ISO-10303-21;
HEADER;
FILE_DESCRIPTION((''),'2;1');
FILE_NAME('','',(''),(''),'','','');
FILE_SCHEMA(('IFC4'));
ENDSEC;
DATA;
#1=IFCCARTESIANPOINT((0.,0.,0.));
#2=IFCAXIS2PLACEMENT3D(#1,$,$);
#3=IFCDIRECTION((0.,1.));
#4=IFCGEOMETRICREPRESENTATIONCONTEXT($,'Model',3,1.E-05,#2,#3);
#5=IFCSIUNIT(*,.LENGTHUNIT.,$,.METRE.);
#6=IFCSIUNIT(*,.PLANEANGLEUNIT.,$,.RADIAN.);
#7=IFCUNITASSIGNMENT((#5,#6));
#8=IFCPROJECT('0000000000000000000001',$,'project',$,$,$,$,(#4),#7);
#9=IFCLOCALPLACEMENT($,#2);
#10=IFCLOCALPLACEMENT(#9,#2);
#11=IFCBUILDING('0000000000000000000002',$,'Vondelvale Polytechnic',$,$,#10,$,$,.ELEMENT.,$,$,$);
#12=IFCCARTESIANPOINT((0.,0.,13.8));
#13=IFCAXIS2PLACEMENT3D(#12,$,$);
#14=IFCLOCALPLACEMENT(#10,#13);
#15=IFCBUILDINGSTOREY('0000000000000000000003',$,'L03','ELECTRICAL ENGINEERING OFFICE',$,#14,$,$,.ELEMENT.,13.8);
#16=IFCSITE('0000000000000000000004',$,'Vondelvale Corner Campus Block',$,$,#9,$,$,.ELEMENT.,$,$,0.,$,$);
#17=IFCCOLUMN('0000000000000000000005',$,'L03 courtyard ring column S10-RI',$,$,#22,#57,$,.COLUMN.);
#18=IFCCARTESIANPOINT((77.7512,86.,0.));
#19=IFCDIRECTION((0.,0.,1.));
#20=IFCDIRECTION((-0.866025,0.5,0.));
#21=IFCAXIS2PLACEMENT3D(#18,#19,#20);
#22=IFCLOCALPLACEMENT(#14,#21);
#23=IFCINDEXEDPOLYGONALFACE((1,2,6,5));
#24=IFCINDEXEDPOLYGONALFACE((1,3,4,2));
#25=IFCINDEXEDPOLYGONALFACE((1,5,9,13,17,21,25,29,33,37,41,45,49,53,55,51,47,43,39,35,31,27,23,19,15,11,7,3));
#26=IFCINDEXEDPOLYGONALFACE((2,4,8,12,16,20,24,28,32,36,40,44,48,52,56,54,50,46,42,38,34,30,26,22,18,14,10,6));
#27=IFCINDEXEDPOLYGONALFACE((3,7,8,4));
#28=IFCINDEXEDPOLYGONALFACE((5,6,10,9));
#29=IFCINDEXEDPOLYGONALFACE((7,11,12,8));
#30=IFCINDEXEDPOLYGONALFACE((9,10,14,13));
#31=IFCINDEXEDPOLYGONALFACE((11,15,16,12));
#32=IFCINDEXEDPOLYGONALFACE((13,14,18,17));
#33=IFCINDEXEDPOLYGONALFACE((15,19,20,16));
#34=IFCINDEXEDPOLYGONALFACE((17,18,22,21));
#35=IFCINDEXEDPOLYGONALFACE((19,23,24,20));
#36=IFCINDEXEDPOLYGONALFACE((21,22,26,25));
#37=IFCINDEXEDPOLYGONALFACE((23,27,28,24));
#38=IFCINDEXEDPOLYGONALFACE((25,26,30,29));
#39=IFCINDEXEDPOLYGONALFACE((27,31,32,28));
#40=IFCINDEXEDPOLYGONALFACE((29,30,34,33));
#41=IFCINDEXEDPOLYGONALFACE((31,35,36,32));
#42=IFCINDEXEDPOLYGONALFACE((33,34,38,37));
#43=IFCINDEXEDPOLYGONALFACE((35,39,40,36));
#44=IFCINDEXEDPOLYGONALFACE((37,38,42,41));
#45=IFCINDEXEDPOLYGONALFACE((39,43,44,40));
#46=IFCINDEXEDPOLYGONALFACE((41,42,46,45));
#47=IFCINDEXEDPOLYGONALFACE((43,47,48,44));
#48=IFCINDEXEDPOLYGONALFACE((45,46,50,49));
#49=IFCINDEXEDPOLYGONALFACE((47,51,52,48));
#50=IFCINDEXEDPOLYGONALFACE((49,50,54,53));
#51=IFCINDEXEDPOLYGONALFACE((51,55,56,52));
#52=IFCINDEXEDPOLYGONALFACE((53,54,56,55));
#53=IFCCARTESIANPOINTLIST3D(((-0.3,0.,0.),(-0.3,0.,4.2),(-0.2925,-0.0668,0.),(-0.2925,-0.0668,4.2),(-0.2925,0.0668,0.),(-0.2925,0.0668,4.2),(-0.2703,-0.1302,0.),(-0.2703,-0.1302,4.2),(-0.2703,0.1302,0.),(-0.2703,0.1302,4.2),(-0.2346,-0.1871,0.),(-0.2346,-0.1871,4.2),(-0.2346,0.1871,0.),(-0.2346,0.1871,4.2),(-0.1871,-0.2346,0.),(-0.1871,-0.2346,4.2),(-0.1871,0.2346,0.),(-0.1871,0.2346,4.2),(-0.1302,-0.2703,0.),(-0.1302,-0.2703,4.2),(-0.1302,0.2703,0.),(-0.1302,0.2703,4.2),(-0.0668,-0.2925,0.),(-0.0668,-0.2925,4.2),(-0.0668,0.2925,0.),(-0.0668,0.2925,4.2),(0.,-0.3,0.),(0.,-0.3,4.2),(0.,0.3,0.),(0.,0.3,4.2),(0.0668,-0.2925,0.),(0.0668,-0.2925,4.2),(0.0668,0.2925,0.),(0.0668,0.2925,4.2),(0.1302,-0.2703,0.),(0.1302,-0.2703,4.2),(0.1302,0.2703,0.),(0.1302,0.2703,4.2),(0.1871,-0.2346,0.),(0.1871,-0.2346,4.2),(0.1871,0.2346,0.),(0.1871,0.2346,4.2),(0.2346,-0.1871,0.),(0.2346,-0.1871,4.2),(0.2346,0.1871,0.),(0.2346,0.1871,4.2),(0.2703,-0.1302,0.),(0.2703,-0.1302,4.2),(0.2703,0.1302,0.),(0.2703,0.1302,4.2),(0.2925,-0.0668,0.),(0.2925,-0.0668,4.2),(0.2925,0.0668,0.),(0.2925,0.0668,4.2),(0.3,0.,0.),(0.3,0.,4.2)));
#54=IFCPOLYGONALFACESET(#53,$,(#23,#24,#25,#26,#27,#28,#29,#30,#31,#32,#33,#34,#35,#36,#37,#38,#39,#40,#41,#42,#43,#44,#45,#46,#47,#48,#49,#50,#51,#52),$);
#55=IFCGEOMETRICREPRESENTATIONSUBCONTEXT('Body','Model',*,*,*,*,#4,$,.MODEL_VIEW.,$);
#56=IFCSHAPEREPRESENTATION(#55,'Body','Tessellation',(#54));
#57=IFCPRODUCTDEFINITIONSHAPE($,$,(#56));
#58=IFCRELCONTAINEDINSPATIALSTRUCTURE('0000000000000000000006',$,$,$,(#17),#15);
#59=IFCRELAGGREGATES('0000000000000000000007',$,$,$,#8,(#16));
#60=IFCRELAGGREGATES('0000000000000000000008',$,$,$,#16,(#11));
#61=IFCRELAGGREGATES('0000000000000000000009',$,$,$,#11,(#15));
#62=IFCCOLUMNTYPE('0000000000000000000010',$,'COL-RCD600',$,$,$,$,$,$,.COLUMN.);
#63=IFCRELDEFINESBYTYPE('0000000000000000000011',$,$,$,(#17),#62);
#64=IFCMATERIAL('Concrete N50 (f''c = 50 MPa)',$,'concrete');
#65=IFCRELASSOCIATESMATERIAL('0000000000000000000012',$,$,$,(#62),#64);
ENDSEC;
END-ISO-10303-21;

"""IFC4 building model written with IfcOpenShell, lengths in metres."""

from ifc_helpers import new_model, si_unit, direction, frame, origin, origin_2d, place, context, subcontext, project, spatial, circle, extrude, material, material_profile, profile_set, type_object, element, save


model = new_model("IFC4")

# Units and contexts
model_context = context("Model", 3, precision=1e-05, world=origin(), true_north=direction((0.0, 1.0)))
body_context = subcontext(model_context, "Body", "Model", "MODEL_VIEW")
ifc_project = project(units=[si_unit("LENGTHUNIT", "METRE"), si_unit("PLANEANGLEUNIT", "RADIAN")], contexts=[model_context])

# Site, building, storey
site_placement = place(None, origin())
site = spatial("IfcSite", under=ifc_project, at=site_placement, Name="Vondelvale Corner Campus Block", CompositionType="ELEMENT", RefElevation=0.0)
building_placement = place(site_placement, origin())
building = spatial("IfcBuilding", under=site, at=building_placement, Name="Vondelvale Polytechnic", CompositionType="ELEMENT")
storey_placement = place(building_placement, frame((0.0, 0.0, 13.8)))
storey = spatial("IfcBuildingStorey", under=building, at=storey_placement, Name="L03", Description="ELECTRICAL ENGINEERING OFFICE", CompositionType="ELEMENT", Elevation=13.8)

# Column
ifc_material_1 = material(Name="Concrete N50 (f'c = 50 MPa)", Category="concrete")
ifc_material_profile_1 = material_profile(ifc_material_1, circle(Radius=0.3, at=origin_2d()), Name="RC-COL-D600")
ifc_profile_set_1 = profile_set([ifc_material_profile_1], Name="Concrete N50 (f'c = 50 MPa)")
column_type = type_object("IfcColumnType", Name="COL-RCD600", PredefinedType="COLUMN", material=ifc_profile_set_1)
column_placement = place(storey_placement, frame((77.7512, 86.0, 0.0), z_axis=(0.0, 0.0, 1.0), x_axis=(-0.866025, 0.5, 0.0)))
element("IfcColumn", 1, at=column_placement, inside=storey, type_object=column_type, Name="L03 courtyard ring column S10-RI", PredefinedType="COLUMN", context=body_context, shape_type="SweptSolid", body=[
    extrude(circle(Radius=0.3, at=origin_2d()), origin(), (0.0, 0.0, 1.0), 4.2),
])

save(model, "model.ifc")
